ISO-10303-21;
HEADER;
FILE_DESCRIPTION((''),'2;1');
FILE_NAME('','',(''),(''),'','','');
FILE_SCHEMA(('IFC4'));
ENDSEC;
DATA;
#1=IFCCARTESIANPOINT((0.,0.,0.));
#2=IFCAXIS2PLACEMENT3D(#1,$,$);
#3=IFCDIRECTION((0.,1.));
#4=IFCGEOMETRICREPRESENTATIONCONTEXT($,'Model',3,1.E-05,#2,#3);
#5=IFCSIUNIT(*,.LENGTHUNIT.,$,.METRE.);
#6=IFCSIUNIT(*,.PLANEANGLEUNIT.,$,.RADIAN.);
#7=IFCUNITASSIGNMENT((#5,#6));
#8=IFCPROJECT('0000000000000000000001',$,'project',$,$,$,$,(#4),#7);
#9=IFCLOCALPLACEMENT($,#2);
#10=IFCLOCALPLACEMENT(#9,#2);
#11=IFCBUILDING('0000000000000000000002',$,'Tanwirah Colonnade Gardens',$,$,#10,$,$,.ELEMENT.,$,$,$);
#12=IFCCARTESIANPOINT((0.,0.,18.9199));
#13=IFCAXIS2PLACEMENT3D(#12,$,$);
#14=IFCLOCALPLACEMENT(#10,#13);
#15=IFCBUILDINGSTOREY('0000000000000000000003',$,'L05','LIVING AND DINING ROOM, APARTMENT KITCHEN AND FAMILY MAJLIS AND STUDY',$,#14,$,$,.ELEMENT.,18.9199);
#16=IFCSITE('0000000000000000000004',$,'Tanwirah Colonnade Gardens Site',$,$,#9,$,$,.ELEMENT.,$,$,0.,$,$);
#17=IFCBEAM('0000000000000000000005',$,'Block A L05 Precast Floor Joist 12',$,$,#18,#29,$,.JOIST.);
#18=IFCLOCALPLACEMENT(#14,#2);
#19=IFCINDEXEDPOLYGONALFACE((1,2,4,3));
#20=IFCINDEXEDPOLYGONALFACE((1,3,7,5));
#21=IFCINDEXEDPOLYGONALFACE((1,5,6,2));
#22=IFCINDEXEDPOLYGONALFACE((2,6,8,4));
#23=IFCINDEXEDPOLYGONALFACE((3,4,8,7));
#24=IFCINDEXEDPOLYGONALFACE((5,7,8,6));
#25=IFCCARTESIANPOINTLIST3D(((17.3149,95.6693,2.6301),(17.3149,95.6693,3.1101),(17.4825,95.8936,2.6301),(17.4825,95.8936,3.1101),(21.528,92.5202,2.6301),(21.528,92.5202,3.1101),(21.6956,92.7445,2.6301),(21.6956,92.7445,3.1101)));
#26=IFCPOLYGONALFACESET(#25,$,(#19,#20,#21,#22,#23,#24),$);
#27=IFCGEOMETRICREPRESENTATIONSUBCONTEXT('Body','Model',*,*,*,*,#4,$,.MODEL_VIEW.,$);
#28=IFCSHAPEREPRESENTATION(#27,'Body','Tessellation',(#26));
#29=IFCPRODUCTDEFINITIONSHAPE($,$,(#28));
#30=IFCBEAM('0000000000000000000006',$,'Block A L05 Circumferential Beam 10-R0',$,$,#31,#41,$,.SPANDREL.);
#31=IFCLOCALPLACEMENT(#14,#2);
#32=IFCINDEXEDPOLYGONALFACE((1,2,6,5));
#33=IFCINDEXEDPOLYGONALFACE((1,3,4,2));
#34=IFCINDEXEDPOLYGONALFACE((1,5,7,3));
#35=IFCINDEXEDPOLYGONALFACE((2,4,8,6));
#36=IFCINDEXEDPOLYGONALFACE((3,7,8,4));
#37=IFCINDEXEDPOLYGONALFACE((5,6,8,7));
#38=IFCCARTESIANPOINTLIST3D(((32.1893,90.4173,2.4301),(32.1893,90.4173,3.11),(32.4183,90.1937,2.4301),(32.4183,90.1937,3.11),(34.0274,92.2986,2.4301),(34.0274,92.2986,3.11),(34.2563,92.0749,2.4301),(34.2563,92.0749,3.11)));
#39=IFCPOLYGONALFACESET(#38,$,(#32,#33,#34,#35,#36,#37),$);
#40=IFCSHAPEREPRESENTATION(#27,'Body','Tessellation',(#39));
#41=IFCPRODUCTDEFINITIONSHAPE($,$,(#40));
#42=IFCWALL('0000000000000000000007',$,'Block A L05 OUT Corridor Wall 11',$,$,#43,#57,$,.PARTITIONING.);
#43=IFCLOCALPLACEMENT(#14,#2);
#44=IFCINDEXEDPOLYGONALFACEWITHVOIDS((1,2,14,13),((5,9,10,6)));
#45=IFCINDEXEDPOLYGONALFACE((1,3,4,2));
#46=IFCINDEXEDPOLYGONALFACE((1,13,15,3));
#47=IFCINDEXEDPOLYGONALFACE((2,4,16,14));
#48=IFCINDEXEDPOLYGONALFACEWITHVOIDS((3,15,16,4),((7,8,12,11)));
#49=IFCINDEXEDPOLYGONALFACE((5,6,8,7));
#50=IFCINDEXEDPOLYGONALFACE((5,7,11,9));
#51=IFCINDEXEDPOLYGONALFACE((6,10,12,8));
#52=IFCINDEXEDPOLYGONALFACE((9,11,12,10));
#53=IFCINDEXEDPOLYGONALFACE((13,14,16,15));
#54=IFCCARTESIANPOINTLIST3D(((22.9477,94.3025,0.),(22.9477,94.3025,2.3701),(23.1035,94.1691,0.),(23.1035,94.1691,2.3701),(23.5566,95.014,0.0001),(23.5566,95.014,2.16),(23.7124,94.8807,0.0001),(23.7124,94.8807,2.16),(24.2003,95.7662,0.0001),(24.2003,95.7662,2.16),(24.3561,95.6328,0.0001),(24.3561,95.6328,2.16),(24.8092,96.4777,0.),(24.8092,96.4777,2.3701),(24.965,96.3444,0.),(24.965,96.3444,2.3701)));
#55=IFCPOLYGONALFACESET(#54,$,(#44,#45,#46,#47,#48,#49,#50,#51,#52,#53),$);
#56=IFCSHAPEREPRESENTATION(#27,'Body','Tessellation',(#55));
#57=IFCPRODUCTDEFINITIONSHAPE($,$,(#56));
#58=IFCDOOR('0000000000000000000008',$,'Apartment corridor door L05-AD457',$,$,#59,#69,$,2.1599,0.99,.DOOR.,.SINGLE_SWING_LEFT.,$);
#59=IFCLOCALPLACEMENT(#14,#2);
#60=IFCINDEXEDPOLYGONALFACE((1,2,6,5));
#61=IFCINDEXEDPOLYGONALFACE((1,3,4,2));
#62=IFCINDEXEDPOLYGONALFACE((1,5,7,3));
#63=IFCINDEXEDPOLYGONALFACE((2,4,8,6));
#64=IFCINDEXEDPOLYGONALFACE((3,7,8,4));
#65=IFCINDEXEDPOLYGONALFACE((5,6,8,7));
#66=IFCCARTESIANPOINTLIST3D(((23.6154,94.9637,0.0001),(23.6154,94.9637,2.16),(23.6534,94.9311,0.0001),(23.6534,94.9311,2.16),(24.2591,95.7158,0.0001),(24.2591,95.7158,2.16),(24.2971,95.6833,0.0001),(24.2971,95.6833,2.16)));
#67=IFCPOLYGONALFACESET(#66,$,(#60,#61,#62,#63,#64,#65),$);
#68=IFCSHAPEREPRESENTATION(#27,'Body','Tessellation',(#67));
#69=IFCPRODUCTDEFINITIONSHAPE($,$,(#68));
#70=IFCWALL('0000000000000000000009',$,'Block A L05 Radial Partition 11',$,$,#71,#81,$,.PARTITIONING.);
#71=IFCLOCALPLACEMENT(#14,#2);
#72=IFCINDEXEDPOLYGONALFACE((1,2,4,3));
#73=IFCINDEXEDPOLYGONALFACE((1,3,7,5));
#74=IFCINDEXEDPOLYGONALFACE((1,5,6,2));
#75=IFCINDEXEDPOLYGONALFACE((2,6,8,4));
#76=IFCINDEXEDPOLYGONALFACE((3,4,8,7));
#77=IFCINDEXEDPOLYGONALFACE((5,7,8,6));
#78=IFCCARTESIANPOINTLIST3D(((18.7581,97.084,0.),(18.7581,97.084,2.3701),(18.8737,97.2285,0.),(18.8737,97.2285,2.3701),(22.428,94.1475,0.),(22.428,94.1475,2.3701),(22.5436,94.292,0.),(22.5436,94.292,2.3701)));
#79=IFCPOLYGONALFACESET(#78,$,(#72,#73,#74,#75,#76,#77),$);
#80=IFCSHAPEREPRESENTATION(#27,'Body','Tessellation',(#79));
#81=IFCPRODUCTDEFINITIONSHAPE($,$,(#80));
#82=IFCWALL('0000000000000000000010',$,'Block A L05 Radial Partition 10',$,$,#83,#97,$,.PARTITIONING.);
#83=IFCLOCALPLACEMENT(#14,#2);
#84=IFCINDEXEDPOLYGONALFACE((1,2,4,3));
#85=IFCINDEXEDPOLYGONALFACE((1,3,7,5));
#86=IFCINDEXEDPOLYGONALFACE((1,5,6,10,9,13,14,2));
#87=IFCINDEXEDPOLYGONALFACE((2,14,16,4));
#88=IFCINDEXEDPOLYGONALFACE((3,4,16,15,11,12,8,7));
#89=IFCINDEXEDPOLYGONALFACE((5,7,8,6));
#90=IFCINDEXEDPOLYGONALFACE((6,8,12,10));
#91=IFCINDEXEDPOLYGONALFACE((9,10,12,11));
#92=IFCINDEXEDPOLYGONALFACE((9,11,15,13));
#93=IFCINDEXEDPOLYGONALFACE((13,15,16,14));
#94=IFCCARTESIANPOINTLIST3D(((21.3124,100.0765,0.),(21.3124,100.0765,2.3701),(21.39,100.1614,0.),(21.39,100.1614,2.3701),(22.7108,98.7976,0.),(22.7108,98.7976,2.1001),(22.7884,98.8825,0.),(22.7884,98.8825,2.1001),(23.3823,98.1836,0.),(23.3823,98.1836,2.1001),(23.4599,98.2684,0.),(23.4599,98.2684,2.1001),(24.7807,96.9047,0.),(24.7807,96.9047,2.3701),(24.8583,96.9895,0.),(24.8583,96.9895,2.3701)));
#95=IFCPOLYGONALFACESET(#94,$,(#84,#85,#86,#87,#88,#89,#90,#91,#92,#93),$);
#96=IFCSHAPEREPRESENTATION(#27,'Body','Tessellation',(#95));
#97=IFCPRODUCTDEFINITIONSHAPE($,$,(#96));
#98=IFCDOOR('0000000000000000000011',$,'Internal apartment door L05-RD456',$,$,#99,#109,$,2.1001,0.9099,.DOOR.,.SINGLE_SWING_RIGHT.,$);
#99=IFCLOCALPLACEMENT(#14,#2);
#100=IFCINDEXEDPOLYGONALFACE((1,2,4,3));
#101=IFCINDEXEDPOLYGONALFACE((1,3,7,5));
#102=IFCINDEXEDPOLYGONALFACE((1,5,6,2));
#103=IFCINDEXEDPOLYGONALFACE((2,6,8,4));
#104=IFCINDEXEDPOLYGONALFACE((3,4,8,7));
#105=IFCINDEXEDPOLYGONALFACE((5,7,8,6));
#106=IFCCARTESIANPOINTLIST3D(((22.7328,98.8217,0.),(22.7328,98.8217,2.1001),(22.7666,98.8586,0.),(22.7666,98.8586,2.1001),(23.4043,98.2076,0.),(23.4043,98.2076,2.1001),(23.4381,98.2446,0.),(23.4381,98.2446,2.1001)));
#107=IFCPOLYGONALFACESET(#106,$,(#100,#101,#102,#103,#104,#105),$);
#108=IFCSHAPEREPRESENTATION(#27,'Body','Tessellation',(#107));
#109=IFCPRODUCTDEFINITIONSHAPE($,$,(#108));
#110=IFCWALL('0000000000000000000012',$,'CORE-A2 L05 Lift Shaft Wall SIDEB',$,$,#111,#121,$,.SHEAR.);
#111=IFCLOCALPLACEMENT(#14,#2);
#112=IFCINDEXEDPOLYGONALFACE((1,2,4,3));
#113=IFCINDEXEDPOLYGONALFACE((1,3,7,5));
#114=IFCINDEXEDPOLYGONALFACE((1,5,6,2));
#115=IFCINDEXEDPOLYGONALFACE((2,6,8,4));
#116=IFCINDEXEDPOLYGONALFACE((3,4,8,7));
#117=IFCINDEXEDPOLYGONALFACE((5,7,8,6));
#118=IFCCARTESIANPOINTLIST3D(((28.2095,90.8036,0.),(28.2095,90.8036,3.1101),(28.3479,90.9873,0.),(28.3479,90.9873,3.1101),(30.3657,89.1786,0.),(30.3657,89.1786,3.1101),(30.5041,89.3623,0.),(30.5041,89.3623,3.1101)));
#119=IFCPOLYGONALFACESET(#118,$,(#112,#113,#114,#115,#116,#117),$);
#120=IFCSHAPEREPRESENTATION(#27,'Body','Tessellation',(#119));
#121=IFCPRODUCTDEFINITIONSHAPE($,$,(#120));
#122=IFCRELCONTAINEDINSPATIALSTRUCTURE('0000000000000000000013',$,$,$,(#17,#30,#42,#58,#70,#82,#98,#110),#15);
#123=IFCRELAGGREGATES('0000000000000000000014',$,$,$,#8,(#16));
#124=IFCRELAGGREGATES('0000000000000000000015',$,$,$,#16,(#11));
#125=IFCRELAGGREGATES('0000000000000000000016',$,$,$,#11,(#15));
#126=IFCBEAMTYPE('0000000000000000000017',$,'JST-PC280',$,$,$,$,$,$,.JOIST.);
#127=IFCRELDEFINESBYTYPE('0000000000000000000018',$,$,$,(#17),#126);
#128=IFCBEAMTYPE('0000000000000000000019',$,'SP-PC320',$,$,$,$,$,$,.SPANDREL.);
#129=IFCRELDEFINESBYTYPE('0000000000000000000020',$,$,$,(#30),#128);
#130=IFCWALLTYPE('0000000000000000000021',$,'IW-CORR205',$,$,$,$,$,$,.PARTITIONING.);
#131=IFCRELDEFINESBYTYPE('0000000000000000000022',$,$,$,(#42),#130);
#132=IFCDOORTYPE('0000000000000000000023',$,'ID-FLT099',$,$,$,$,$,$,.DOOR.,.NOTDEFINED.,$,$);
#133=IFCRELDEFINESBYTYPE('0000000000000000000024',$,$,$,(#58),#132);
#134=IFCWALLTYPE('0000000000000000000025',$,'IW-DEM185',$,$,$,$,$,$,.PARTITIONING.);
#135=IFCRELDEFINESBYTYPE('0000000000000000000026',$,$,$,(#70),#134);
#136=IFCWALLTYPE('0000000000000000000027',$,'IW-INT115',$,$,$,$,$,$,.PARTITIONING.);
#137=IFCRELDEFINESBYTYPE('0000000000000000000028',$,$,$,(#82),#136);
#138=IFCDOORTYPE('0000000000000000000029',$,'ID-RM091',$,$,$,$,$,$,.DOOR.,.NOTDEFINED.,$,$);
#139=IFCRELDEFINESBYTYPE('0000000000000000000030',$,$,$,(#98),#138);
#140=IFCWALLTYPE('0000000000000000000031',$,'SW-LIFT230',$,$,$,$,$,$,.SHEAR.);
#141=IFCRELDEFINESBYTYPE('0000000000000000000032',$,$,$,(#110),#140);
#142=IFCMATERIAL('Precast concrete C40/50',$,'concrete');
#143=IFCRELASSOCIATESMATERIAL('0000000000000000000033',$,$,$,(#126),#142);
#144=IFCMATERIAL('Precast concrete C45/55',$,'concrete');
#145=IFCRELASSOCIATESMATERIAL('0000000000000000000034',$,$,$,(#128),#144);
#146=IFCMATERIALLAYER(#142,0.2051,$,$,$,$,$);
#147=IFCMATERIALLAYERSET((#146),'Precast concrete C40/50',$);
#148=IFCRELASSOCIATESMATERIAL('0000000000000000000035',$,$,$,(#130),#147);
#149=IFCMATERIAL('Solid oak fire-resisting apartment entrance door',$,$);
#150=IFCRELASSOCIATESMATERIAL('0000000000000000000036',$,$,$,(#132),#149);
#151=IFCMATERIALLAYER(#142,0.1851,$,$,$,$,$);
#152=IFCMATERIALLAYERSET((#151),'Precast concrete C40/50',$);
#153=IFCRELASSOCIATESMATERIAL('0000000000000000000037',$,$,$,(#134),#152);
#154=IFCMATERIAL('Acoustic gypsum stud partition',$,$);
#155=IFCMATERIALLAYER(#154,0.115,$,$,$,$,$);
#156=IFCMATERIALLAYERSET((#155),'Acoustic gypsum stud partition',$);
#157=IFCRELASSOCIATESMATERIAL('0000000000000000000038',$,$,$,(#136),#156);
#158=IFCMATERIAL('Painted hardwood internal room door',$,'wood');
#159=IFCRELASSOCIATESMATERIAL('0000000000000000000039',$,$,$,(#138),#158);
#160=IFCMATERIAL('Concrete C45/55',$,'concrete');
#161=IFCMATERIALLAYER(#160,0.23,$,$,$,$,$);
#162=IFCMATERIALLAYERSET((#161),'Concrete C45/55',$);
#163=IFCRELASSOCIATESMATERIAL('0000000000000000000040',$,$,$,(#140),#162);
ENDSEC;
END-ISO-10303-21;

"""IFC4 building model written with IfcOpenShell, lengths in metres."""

from ifc_helpers import new_model, si_unit, direction, frame, frame_2d, origin, origin_2d, place, context, subcontext, project, spatial, rectangle, extrude, material, layer, layer_set, material_profile, profile_set, type_object, element, fill, save


model = new_model("IFC4")

# Units and contexts
model_context = context("Model", 3, precision=1e-05, world=origin(), true_north=direction((0.0, 1.0)))
body_context = subcontext(model_context, "Body", "Model", "MODEL_VIEW")
ifc_project = project(units=[si_unit("LENGTHUNIT", "METRE"), si_unit("PLANEANGLEUNIT", "RADIAN")], contexts=[model_context])

# Site, building, storey
site_placement = place(None, origin())
site = spatial("IfcSite", under=ifc_project, at=site_placement, Name="Tanwirah Colonnade Gardens Site", CompositionType="ELEMENT", RefElevation=0.0)
building_placement = place(site_placement, origin())
building = spatial("IfcBuilding", under=site, at=building_placement, Name="Tanwirah Colonnade Gardens", CompositionType="ELEMENT")
storey_placement = place(building_placement, frame((0.0, 0.0, 18.9199)))
storey = spatial("IfcBuildingStorey", under=building, at=storey_placement, Name="L05", Description="LIVING AND DINING ROOM, APARTMENT KITCHEN AND FAMILY MAJLIS AND STUDY", CompositionType="ELEMENT", Elevation=18.9199)

# Shared definitions
ifc_material_1 = material(Name="Precast concrete C45/55", Category="concrete")

# Beams
ifc_material_2 = material(Name="Precast concrete C40/50", Category="concrete")
ifc_material_profile_1 = material_profile(ifc_material_2, rectangle(XDim=0.28, YDim=0.48, at=origin_2d()), Name="PC-JST 280x480")
ifc_profile_set_1 = profile_set([ifc_material_profile_1], Name="Precast concrete C40/50")
beam_type_1 = type_object("IfcBeamType", Name="JST-PC280", PredefinedType="JOIST", material=ifc_profile_set_1)
beam_1_placement = place(storey_placement, frame((21.6118, 92.6323, 2.8701), z_axis=(-0.800974, 0.5987, 0.0), x_axis=(-0.5987, -0.800974, 0.0)))
element("IfcBeam", 1, at=beam_1_placement, inside=storey, type_object=beam_type_1, Name="Block A L05 Precast Floor Joist 12", PredefinedType="JOIST", context=body_context, shape_type="SweptSolid", body=[
    extrude(rectangle(XDim=0.28, YDim=0.48, at=origin_2d()), origin(), (0.0, 0.0, 1.0), 5.26),
])
ifc_material_profile_2 = material_profile(ifc_material_1, rectangle(XDim=0.3201, YDim=0.6799, at=origin_2d()), Name="PC-SP 320x680")
ifc_profile_set_2 = profile_set([ifc_material_profile_2], Name="Precast concrete C45/55")
beam_type_2 = type_object("IfcBeamType", Name="SP-PC320", PredefinedType="SPANDREL", material=ifc_profile_set_2)
beam_2_placement = place(storey_placement, frame((34.1418, 92.1868, 2.77), z_axis=(-0.698844, -0.715274, 0.0), x_axis=(0.715274, -0.698844, 0.0)))
element("IfcBeam", 2, at=beam_2_placement, inside=storey, type_object=beam_type_2, Name="Block A L05 Circumferential Beam 10-R0", PredefinedType="SPANDREL", context=body_context, shape_type="SweptSolid", body=[
    extrude(rectangle(XDim=0.3201, YDim=0.6799, at=origin_2d()), origin(), (0.0, 0.0, 1.0), 2.6301),
])

# Wall, opening, door
ifc_layer_1 = layer(ifc_material_2, 0.2051)
ifc_layer_set_1 = layer_set([ifc_layer_1], Name="Precast concrete C40/50")
wall_type_1 = type_object("IfcWallType", Name="IW-CORR205", PredefinedType="PARTITIONING", material=ifc_layer_set_1)
ifc_material_3 = material(Name="Solid oak fire-resisting apartment entrance door")
wall_1_placement = place(storey_placement, frame((24.8872, 96.4111, 0.0), z_axis=(0.0, 0.0, 1.0), x_axis=(-0.650194, -0.759768, 0.0)))
wall_1 = element("IfcWall", 3, at=wall_1_placement, inside=storey, type_object=wall_type_1, Name="Block A L05 OUT Corridor Wall 11", PredefinedType="PARTITIONING", context=body_context, shape_type="SweptSolid", body=[
    extrude(rectangle(XDim=2.863, YDim=0.2051, at=frame_2d((1.4316, 0.0))), origin(), (0.0, 0.0, 1.0), 2.3701),
])
opening_1_placement = place(wall_1_placement, frame((0.9365, 0.0, 0.0)))
opening_1 = element("IfcOpeningElement", 4, at=opening_1_placement, cuts=wall_1, PredefinedType="OPENING", context=body_context, shape_type="SweptSolid", body=[
    extrude(rectangle(XDim=0.99, YDim=2.1599, at=frame_2d((0.4951, 1.0801))), frame((0.0, 0.1125, 0.0), z_axis=(0.0, -1.0, 0.0), x_axis=(1.0, 0.0, 0.0)), (0.0, 0.0, 1.0), 0.2251),
])
door_type_1 = type_object("IfcDoorType", Name="ID-FLT099", OperationType="NOTDEFINED", PredefinedType="DOOR", material=ifc_material_3)
door_1_placement = place(opening_1_placement, origin())
door_1 = element("IfcDoor", 5, at=door_1_placement, inside=storey, type_object=door_type_1, Name="Apartment corridor door L05-AD457", OperationType="SINGLE_SWING_LEFT", OverallHeight=2.1599, OverallWidth=0.99, PredefinedType="DOOR", context=body_context, shape_type="SweptSolid", body=[
    extrude(rectangle(XDim=0.99, YDim=2.1599, at=frame_2d((0.4951, 1.0801))), frame((0.0, 0.0249, 0.0), z_axis=(0.0, -1.0, 0.0), x_axis=(1.0, 0.0, 0.0)), (0.0, 0.0, 1.0), 0.05),
])
fill(opening_1, door_1)

# Wall
ifc_layer_2 = layer(ifc_material_2, 0.1851)
ifc_layer_set_2 = layer_set([ifc_layer_2], Name="Precast concrete C40/50")
wall_type_2 = type_object("IfcWallType", Name="IW-DEM185", PredefinedType="PARTITIONING", material=ifc_layer_set_2)
wall_2_placement = place(storey_placement, frame((22.4858, 94.2197, 0.0), z_axis=(0.0, 0.0, 1.0), x_axis=(-0.780808, 0.624771, 0.0)))
element("IfcWall", 6, at=wall_2_placement, inside=storey, type_object=wall_type_2, Name="Block A L05 Radial Partition 11", PredefinedType="PARTITIONING", context=body_context, shape_type="SweptSolid", body=[
    extrude(rectangle(XDim=4.7002, YDim=0.1851, at=frame_2d((2.3501, 0.0))), origin(), (0.0, 0.0, 1.0), 2.3701),
])

# Wall, opening, door
ifc_material_4 = material(Name="Acoustic gypsum stud partition")
ifc_layer_3 = layer(ifc_material_4, 0.115)
ifc_layer_set_3 = layer_set([ifc_layer_3], Name="Acoustic gypsum stud partition")
wall_type_3 = type_object("IfcWallType", Name="IW-INT115", PredefinedType="PARTITIONING", material=ifc_layer_set_3)
wall_3_placement = place(storey_placement, frame((24.8196, 96.947, 0.0), z_axis=(0.0, 0.0, 1.0), x_axis=(-0.737934, 0.674873, 0.0)))
wall_3 = element("IfcWall", 7, at=wall_3_placement, inside=storey, type_object=wall_type_3, Name="Block A L05 Radial Partition 10", PredefinedType="PARTITIONING", context=body_context, shape_type="SweptSolid", body=[
    extrude(rectangle(XDim=4.7, YDim=0.115, at=frame_2d((2.3501, 0.0))), origin(), (0.0, 0.0, 1.0), 2.3701),
])
opening_2_placement = place(wall_3_placement, frame((1.895, 0.0, 0.0)))
opening_2 = element("IfcOpeningElement", 8, at=opening_2_placement, cuts=wall_3, PredefinedType="OPENING", context=body_context, shape_type="SweptSolid", body=[
    extrude(rectangle(XDim=0.9099, YDim=2.1001, at=frame_2d((0.4551, 1.05))), frame((0.0, 0.0674, 0.0), z_axis=(0.0, -1.0, 0.0), x_axis=(1.0, 0.0, 0.0)), (0.0, 0.0, 1.0), 0.135),
])
ifc_material_5 = material(Name="Painted hardwood internal room door", Category="wood")
door_type_2 = type_object("IfcDoorType", Name="ID-RM091", OperationType="NOTDEFINED", PredefinedType="DOOR", material=ifc_material_5)
door_2_placement = place(opening_2_placement, origin())
door_2 = element("IfcDoor", 9, at=door_2_placement, inside=storey, type_object=door_type_2, Name="Internal apartment door L05-RD456", OperationType="SINGLE_SWING_RIGHT", OverallHeight=2.1001, OverallWidth=0.9099, PredefinedType="DOOR", context=body_context, shape_type="SweptSolid", body=[
    extrude(rectangle(XDim=0.9099, YDim=2.1001, at=frame_2d((0.4551, 1.05))), frame((0.0, 0.0249, 0.0), z_axis=(0.0, -1.0, 0.0), x_axis=(1.0, 0.0, 0.0)), (0.0, 0.0, 1.0), 0.05),
])
fill(opening_2, door_2)

# Wall
ifc_material_6 = material(Name="Concrete C45/55", Category="concrete")
ifc_layer_4 = layer(ifc_material_6, 0.23)
ifc_layer_set_4 = layer_set([ifc_layer_4], Name="Concrete C45/55")
wall_type_4 = type_object("IfcWallType", Name="SW-LIFT230", PredefinedType="SHEAR", material=ifc_layer_set_4)
wall_4_placement = place(storey_placement, frame((28.2786, 90.8955, 0.0), z_axis=(0.0, 0.0, 1.0), x_axis=(0.798609, -0.60185, 0.0)))
element("IfcWall", 10, at=wall_4_placement, inside=storey, type_object=wall_type_4, Name="CORE-A2 L05 Lift Shaft Wall SIDEB", PredefinedType="SHEAR", context=body_context, shape_type="SweptSolid", body=[
    extrude(rectangle(XDim=2.7, YDim=0.23, at=frame_2d((1.3501, 0.0))), origin(), (0.0, 0.0, 1.0), 3.1101),
])

save(model, "model.ifc")
